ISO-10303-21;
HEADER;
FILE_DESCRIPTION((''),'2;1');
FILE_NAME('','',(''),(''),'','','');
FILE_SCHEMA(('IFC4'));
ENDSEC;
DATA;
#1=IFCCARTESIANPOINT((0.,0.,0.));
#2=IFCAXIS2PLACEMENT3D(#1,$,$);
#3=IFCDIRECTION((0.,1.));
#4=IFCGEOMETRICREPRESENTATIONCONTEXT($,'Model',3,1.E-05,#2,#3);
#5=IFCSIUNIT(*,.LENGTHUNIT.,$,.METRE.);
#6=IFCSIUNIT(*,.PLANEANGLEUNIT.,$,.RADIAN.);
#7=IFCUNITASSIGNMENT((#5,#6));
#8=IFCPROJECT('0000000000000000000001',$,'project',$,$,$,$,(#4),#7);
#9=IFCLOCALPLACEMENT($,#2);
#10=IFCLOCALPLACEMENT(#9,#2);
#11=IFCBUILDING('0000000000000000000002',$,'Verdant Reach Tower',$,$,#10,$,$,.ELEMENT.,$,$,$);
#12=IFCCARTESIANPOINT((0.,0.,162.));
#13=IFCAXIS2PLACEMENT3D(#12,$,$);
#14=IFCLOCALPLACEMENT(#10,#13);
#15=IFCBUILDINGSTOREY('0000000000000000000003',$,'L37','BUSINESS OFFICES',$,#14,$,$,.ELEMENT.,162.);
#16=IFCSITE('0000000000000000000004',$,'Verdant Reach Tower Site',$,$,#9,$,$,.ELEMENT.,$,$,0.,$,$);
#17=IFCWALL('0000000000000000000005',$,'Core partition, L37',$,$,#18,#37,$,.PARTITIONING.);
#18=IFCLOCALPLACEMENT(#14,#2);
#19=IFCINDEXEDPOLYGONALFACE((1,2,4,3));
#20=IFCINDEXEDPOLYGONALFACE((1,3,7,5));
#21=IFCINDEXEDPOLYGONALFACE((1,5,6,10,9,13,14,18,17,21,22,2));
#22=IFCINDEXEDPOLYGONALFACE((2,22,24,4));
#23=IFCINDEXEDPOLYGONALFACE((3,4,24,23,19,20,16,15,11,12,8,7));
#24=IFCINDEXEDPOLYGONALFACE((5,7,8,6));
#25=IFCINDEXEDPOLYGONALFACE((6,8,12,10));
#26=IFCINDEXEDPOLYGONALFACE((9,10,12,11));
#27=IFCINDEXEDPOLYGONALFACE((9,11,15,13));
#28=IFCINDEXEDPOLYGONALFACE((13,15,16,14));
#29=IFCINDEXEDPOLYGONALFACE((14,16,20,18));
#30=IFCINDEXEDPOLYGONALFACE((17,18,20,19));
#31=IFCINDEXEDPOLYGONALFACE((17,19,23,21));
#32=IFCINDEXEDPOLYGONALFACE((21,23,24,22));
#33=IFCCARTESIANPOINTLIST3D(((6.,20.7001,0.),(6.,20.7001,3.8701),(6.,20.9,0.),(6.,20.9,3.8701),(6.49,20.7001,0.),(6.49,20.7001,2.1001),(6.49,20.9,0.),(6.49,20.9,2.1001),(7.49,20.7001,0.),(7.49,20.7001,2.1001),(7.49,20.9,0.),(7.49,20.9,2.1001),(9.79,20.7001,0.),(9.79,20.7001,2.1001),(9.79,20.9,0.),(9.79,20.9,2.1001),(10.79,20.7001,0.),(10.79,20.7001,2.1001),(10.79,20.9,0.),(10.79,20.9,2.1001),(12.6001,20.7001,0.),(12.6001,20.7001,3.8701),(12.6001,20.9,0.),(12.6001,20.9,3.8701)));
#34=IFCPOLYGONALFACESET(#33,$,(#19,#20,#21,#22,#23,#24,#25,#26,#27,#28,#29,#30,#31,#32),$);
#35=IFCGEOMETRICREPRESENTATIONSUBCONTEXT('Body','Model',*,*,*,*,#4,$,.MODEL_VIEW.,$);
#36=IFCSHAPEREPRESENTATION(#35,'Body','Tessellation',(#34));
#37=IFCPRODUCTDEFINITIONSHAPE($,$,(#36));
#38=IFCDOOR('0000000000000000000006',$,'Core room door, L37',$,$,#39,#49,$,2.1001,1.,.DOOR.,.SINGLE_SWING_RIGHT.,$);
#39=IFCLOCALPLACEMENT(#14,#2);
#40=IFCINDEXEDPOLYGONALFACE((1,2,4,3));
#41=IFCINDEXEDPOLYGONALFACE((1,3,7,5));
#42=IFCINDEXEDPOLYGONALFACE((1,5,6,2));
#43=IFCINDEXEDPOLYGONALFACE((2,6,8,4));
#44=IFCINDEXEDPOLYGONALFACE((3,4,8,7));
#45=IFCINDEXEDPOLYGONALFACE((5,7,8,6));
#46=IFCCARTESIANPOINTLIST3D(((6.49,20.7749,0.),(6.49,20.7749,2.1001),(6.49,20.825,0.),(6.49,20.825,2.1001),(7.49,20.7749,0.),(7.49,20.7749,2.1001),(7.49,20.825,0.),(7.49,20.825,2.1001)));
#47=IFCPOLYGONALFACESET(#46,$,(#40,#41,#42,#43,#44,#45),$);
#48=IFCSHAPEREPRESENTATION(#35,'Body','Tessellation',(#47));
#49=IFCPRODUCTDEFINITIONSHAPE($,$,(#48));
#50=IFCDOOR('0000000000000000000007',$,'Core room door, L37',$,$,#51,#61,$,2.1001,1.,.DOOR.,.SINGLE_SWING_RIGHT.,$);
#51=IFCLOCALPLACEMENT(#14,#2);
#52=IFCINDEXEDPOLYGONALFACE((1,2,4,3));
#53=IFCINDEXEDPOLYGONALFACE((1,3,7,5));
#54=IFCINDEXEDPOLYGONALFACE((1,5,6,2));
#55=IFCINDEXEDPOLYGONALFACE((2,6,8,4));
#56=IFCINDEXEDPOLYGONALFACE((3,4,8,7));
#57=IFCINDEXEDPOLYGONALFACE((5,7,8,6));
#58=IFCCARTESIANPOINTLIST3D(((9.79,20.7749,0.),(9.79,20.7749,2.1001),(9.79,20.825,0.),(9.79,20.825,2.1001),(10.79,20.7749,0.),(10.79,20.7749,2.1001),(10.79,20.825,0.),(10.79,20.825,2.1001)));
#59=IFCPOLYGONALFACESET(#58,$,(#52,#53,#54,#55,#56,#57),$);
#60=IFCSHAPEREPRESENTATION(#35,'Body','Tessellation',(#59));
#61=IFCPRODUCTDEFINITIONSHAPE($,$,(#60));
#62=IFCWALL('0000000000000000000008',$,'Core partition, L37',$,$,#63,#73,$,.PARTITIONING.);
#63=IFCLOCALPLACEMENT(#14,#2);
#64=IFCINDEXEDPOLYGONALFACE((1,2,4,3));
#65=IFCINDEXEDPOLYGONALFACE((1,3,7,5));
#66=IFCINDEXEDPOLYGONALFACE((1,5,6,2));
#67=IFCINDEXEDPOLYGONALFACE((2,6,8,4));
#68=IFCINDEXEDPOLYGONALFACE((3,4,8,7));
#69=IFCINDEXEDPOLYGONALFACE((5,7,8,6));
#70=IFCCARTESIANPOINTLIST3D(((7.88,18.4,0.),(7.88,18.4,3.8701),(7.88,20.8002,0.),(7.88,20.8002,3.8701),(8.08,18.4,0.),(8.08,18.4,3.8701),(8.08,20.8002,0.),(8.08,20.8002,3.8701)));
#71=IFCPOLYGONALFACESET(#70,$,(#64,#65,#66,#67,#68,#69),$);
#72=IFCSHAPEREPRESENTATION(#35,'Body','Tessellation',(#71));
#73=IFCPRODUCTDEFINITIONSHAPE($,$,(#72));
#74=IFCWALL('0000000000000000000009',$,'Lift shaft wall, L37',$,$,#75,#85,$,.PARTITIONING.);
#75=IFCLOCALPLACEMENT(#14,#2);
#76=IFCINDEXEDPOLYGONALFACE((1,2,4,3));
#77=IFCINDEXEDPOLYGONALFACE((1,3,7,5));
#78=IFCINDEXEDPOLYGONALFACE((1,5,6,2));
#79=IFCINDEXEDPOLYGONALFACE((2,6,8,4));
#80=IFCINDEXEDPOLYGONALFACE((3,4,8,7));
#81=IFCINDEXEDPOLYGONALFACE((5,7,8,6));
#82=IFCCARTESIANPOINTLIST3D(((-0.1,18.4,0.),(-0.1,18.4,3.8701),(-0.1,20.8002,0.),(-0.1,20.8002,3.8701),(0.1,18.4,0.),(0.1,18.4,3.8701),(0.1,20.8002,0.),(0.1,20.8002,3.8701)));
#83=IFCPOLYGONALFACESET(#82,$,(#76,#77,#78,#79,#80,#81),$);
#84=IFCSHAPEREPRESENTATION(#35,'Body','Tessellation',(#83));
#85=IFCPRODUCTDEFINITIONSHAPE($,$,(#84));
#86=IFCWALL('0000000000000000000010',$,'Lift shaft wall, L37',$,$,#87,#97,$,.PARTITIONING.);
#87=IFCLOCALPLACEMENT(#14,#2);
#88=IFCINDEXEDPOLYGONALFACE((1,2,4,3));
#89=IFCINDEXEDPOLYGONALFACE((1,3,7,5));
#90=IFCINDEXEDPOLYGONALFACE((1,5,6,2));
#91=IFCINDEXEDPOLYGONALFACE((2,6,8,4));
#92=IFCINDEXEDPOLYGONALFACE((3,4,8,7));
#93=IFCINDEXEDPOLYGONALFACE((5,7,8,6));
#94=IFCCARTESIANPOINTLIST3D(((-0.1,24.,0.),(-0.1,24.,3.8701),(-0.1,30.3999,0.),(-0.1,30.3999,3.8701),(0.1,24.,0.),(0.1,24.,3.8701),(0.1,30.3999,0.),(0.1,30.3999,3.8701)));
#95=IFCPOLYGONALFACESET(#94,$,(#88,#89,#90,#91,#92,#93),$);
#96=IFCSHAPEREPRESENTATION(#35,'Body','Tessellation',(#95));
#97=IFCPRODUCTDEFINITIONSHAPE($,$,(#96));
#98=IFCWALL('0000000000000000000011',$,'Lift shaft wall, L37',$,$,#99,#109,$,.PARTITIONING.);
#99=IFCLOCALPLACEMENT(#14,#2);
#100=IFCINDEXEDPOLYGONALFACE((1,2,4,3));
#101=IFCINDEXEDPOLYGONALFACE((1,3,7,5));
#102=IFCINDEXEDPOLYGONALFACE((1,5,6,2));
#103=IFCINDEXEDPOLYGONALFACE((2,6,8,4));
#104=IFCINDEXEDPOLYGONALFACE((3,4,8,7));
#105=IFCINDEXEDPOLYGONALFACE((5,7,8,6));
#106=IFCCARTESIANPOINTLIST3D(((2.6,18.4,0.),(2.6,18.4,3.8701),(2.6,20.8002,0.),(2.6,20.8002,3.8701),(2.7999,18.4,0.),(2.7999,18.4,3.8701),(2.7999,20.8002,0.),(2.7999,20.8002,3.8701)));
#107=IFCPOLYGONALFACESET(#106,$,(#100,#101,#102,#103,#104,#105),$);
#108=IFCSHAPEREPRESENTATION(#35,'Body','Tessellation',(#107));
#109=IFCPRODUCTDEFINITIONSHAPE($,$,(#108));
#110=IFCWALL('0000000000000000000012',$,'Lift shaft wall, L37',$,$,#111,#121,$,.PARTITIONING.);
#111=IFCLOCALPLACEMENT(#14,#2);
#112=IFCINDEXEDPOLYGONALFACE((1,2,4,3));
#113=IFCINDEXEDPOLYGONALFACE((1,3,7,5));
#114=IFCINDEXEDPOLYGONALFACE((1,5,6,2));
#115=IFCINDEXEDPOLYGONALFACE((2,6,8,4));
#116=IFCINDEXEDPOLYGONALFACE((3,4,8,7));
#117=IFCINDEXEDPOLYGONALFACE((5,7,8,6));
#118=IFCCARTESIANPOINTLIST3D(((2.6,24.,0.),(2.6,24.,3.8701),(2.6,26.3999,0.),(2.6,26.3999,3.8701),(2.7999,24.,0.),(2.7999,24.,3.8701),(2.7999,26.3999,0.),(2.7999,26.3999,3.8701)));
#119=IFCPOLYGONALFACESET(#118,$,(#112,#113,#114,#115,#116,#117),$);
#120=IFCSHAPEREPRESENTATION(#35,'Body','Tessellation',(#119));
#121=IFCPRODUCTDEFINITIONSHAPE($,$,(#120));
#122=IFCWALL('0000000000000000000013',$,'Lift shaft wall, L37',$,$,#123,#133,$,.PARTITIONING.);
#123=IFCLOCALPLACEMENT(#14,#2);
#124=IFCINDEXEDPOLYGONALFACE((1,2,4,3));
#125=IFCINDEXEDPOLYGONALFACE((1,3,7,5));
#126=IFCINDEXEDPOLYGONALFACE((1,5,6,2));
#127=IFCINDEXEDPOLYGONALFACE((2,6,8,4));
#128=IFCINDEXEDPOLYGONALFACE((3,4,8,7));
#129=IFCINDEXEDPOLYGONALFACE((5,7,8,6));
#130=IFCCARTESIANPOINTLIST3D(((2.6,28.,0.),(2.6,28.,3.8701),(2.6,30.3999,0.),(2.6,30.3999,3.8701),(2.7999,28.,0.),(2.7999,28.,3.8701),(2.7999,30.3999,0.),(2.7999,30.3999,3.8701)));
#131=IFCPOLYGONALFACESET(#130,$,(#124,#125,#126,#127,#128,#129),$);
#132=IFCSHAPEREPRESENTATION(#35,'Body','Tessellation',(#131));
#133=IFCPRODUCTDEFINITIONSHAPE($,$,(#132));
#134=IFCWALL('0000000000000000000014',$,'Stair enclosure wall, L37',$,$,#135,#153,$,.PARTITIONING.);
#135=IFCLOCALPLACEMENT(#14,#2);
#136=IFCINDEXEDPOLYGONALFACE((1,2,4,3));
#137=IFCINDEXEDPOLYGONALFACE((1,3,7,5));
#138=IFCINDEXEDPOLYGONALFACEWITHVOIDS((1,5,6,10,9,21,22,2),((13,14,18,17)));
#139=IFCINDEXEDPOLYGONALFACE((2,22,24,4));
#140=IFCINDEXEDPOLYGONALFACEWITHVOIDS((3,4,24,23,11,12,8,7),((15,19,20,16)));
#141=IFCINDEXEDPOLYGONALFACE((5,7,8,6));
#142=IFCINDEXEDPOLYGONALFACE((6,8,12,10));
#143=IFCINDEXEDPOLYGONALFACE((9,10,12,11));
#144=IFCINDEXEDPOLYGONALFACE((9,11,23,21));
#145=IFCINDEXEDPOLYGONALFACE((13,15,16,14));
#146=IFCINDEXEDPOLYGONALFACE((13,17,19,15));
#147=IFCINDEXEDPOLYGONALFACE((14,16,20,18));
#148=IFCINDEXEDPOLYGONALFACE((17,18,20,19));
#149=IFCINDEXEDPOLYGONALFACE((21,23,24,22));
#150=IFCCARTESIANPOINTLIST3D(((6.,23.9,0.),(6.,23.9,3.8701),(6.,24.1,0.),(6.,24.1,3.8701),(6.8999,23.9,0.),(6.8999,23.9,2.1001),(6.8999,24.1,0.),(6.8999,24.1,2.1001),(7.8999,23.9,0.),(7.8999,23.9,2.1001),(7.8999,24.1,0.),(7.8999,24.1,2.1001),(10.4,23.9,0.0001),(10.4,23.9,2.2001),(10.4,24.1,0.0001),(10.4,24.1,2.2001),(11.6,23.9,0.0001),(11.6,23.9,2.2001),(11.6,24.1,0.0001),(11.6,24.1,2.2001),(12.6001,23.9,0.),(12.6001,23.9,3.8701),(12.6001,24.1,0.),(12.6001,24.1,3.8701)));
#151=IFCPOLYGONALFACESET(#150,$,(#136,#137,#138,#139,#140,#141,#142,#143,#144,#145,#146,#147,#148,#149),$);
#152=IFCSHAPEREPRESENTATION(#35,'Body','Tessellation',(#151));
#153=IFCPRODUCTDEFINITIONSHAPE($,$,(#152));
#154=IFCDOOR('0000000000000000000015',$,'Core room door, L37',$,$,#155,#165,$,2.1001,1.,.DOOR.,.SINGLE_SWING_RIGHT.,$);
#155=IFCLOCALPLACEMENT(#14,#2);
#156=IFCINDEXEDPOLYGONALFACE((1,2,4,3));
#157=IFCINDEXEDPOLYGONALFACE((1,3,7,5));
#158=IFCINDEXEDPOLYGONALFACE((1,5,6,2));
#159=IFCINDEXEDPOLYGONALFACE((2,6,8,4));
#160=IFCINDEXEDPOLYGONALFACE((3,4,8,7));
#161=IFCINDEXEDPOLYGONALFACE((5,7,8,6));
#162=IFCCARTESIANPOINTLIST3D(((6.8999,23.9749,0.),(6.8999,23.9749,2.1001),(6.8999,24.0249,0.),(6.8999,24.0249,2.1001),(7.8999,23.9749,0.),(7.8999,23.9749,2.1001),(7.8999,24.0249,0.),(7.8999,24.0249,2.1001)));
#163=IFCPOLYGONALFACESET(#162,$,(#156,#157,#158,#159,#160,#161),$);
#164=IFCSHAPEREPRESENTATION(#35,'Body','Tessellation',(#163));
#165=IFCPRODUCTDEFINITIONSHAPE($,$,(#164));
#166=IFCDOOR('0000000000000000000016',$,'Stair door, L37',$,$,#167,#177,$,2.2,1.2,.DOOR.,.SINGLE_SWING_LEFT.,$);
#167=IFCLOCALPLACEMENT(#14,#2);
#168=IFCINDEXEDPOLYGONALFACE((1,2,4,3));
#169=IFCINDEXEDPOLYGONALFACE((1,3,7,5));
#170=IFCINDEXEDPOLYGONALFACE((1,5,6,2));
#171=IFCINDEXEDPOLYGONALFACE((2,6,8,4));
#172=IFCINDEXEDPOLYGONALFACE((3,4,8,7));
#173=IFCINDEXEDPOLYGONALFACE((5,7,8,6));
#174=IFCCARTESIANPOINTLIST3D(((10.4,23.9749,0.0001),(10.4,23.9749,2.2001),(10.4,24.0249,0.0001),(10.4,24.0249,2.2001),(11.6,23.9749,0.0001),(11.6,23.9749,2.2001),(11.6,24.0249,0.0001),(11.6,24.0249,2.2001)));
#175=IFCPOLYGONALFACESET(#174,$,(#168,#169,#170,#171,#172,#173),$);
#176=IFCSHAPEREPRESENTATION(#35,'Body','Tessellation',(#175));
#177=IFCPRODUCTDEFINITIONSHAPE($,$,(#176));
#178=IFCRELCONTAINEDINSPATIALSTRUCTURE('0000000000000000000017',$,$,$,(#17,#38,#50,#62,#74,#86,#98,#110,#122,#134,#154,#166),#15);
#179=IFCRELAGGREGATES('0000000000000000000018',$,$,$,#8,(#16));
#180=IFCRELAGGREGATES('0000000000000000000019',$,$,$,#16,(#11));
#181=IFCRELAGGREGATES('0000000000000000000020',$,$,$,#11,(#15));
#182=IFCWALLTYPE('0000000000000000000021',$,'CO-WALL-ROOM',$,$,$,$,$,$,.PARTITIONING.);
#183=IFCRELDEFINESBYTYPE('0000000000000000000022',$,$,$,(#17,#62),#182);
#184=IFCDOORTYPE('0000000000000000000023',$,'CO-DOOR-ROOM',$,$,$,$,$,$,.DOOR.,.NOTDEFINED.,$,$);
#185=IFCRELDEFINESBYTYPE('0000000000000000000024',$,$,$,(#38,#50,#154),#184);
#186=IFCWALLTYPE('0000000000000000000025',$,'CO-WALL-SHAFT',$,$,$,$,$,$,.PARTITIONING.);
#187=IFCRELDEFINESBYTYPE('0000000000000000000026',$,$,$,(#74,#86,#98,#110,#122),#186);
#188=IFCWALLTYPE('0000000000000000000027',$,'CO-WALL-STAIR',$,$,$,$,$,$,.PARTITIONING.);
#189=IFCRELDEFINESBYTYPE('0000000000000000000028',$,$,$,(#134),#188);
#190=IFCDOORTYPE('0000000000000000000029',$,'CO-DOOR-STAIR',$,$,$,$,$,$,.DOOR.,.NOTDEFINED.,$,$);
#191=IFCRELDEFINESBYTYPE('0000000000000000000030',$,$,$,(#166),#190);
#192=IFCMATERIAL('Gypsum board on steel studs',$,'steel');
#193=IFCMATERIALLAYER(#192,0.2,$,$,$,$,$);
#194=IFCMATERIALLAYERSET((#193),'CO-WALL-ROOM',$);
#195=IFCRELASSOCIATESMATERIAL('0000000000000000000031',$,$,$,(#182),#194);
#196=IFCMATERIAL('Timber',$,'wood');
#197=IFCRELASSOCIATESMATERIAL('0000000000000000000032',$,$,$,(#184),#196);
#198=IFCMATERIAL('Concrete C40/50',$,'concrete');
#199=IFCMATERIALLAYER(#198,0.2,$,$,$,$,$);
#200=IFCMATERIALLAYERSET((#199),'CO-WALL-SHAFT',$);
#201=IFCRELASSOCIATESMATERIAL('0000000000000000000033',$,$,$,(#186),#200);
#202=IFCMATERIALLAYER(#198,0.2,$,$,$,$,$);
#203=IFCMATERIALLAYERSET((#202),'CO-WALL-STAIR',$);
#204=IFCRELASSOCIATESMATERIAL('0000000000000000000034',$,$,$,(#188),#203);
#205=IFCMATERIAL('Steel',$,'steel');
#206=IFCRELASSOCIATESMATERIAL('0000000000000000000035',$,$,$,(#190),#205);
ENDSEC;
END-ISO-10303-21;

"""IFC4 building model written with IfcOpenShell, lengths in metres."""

from ifc_helpers import new_model, si_unit, direction, frame, frame_2d, origin, place, context, subcontext, project, spatial, rectangle, extrude, material, layer, layer_set, type_object, element, fill, save


model = new_model("IFC4")

# Units and contexts
model_context = context("Model", 3, precision=1e-05, world=origin(), true_north=direction((0.0, 1.0)))
body_context = subcontext(model_context, "Body", "Model", "MODEL_VIEW")
ifc_project = project(units=[si_unit("LENGTHUNIT", "METRE"), si_unit("PLANEANGLEUNIT", "RADIAN")], contexts=[model_context])

# Site, building, storey
site_placement = place(None, origin())
site = spatial("IfcSite", under=ifc_project, at=site_placement, Name="Verdant Reach Tower Site", CompositionType="ELEMENT", RefElevation=0.0)
building_placement = place(site_placement, origin())
building = spatial("IfcBuilding", under=site, at=building_placement, Name="Verdant Reach Tower", CompositionType="ELEMENT")
storey_placement = place(building_placement, frame((0.0, 0.0, 162.0)))
storey = spatial("IfcBuildingStorey", under=building, at=storey_placement, Name="L37", Description="BUSINESS OFFICES", CompositionType="ELEMENT", Elevation=162.0)

# Wall, openings, doors
ifc_material_1 = material(Name="Gypsum board on steel studs", Category="steel")
ifc_layer_1 = layer(ifc_material_1, 0.2)
ifc_layer_set_1 = layer_set([ifc_layer_1], Name="CO-WALL-ROOM")
wall_type_1 = type_object("IfcWallType", Name="CO-WALL-ROOM", PredefinedType="PARTITIONING", material=ifc_layer_set_1)
wall_1_placement = place(storey_placement, frame((6.0, 20.8, 0.0), z_axis=(0.0, 0.0, 1.0), x_axis=(1.0, 0.0, 0.0)))
wall_1 = element("IfcWall", 1, at=wall_1_placement, inside=storey, type_object=wall_type_1, Name="Core partition, L37", PredefinedType="PARTITIONING", context=body_context, shape_type="SweptSolid", body=[
    extrude(rectangle(XDim=6.6001, YDim=0.2, at=frame_2d((3.3, 0.0))), origin(), (0.0, 0.0, 1.0), 3.8701),
])
opening_1_placement = place(wall_1_placement, frame((0.49, 0.0, 0.0)))
opening_1 = element("IfcOpeningElement", 2, at=opening_1_placement, cuts=wall_1, PredefinedType="OPENING", context=body_context, shape_type="SweptSolid", body=[
    extrude(rectangle(XDim=1.0, YDim=2.1001, at=frame_2d((0.5, 1.05))), frame((0.0, 0.1099, 0.0), z_axis=(0.0, -1.0, 0.0), x_axis=(1.0, 0.0, 0.0)), (0.0, 0.0, 1.0), 0.22),
])
opening_2_placement = place(wall_1_placement, frame((3.79, 0.0, 0.0)))
opening_2 = element("IfcOpeningElement", 3, at=opening_2_placement, cuts=wall_1, PredefinedType="OPENING", context=body_context, shape_type="SweptSolid", body=[
    extrude(rectangle(XDim=1.0, YDim=2.1001, at=frame_2d((0.5, 1.05))), frame((0.0, 0.1099, 0.0), z_axis=(0.0, -1.0, 0.0), x_axis=(1.0, 0.0, 0.0)), (0.0, 0.0, 1.0), 0.22),
])
ifc_material_2 = material(Name="Timber", Category="wood")
door_type_1 = type_object("IfcDoorType", Name="CO-DOOR-ROOM", OperationType="NOTDEFINED", PredefinedType="DOOR", material=ifc_material_2)
door_1_placement = place(opening_1_placement, origin())
door_1 = element("IfcDoor", 4, at=door_1_placement, inside=storey, type_object=door_type_1, Name="Core room door, L37", OperationType="SINGLE_SWING_RIGHT", OverallHeight=2.1001, OverallWidth=1.0, PredefinedType="DOOR", context=body_context, shape_type="SweptSolid", body=[
    extrude(rectangle(XDim=1.0, YDim=2.1001, at=frame_2d((0.5, 1.05))), frame((0.0, 0.0249, 0.0), z_axis=(0.0, -1.0, 0.0), x_axis=(1.0, 0.0, 0.0)), (0.0, 0.0, 1.0), 0.05),
])
fill(opening_1, door_1)
door_2_placement = place(opening_2_placement, origin())
door_2 = element("IfcDoor", 5, at=door_2_placement, inside=storey, type_object=door_type_1, Name="Core room door, L37", OperationType="SINGLE_SWING_RIGHT", OverallHeight=2.1001, OverallWidth=1.0, PredefinedType="DOOR", context=body_context, shape_type="SweptSolid", body=[
    extrude(rectangle(XDim=1.0, YDim=2.1001, at=frame_2d((0.5, 1.05))), frame((0.0, 0.0249, 0.0), z_axis=(0.0, -1.0, 0.0), x_axis=(1.0, 0.0, 0.0)), (0.0, 0.0, 1.0), 0.05),
])
fill(opening_2, door_2)

# Walls
wall_2_placement = place(storey_placement, frame((7.98, 18.3999, 0.0), z_axis=(0.0, 0.0, 1.0), x_axis=(0.0, 1.0, 0.0)))
element("IfcWall", 6, at=wall_2_placement, inside=storey, type_object=wall_type_1, Name="Core partition, L37", PredefinedType="PARTITIONING", context=body_context, shape_type="SweptSolid", body=[
    extrude(rectangle(XDim=2.4001, YDim=0.2, at=frame_2d((1.2002, 0.0))), origin(), (0.0, 0.0, 1.0), 3.8701),
])
ifc_material_3 = material(Name="Concrete C40/50", Category="concrete")
ifc_layer_2 = layer(ifc_material_3, 0.2)
ifc_layer_set_2 = layer_set([ifc_layer_2], Name="CO-WALL-SHAFT")
wall_type_2 = type_object("IfcWallType", Name="CO-WALL-SHAFT", PredefinedType="PARTITIONING", material=ifc_layer_set_2)
wall_3_placement = place(storey_placement, frame((0.0, 18.3999, 0.0), z_axis=(0.0, 0.0, 1.0), x_axis=(0.0, 1.0, 0.0)))
element("IfcWall", 7, at=wall_3_placement, inside=storey, type_object=wall_type_2, Name="Lift shaft wall, L37", PredefinedType="PARTITIONING", context=body_context, shape_type="SweptSolid", body=[
    extrude(rectangle(XDim=2.4001, YDim=0.2, at=frame_2d((1.2002, 0.0))), origin(), (0.0, 0.0, 1.0), 3.8701),
])
wall_4_placement = place(storey_placement, frame((0.0, 24.0, 0.0), z_axis=(0.0, 0.0, 1.0), x_axis=(0.0, 1.0, 0.0)))
element("IfcWall", 8, at=wall_4_placement, inside=storey, type_object=wall_type_2, Name="Lift shaft wall, L37", PredefinedType="PARTITIONING", context=body_context, shape_type="SweptSolid", body=[
    extrude(rectangle(XDim=6.3999, YDim=0.2, at=frame_2d((3.2, 0.0))), origin(), (0.0, 0.0, 1.0), 3.8701),
])
wall_5_placement = place(storey_placement, frame((2.7, 18.3999, 0.0), z_axis=(0.0, 0.0, 1.0), x_axis=(0.0, 1.0, 0.0)))
element("IfcWall", 9, at=wall_5_placement, inside=storey, type_object=wall_type_2, Name="Lift shaft wall, L37", PredefinedType="PARTITIONING", context=body_context, shape_type="SweptSolid", body=[
    extrude(rectangle(XDim=2.4001, YDim=0.2, at=frame_2d((1.2002, 0.0))), origin(), (0.0, 0.0, 1.0), 3.8701),
])
for number, where, z_axis, x_axis, name in (
    (10, (2.7, 24.0, 0.0), (0.0, 0.0, 1.0), (0.0, 1.0, 0.0), "Lift shaft wall, L37"),
    (11, (2.7, 28.0, 0.0), (0.0, 0.0, 1.0), (0.0, 1.0, 0.0), "Lift shaft wall, L37"),
):
    element("IfcWall", number, at=place(storey_placement, frame(where, z_axis=z_axis, x_axis=x_axis)), inside=storey, type_object=wall_type_2, Name=name, PredefinedType="PARTITIONING", context=body_context, shape_type="SweptSolid", body=[
        extrude(rectangle(XDim=2.3999, YDim=0.2, at=frame_2d((1.2, 0.0))), origin(), (0.0, 0.0, 1.0), 3.8701),
    ])

# Wall, openings, doors
ifc_layer_3 = layer(ifc_material_3, 0.2)
ifc_layer_set_3 = layer_set([ifc_layer_3], Name="CO-WALL-STAIR")
wall_type_3 = type_object("IfcWallType", Name="CO-WALL-STAIR", PredefinedType="PARTITIONING", material=ifc_layer_set_3)
wall_6_placement = place(storey_placement, frame((6.0, 24.0, 0.0), z_axis=(0.0, 0.0, 1.0), x_axis=(1.0, 0.0, 0.0)))
wall_6 = element("IfcWall", 12, at=wall_6_placement, inside=storey, type_object=wall_type_3, Name="Stair enclosure wall, L37", PredefinedType="PARTITIONING", context=body_context, shape_type="SweptSolid", body=[
    extrude(rectangle(XDim=6.6001, YDim=0.2, at=frame_2d((3.3, 0.0))), origin(), (0.0, 0.0, 1.0), 3.8701),
])
opening_3_placement = place(wall_6_placement, frame((0.8999, 0.0, 0.0)))
opening_3 = element("IfcOpeningElement", 13, at=opening_3_placement, cuts=wall_6, PredefinedType="OPENING", context=body_context, shape_type="SweptSolid", body=[
    extrude(rectangle(XDim=1.0, YDim=2.1001, at=frame_2d((0.5, 1.05))), frame((0.0, 0.1099, 0.0), z_axis=(0.0, -1.0, 0.0), x_axis=(1.0, 0.0, 0.0)), (0.0, 0.0, 1.0), 0.22),
])
opening_4_placement = place(wall_6_placement, frame((4.3999, 0.0, 0.0)))
opening_4 = element("IfcOpeningElement", 14, at=opening_4_placement, cuts=wall_6, PredefinedType="OPENING", context=body_context, shape_type="SweptSolid", body=[
    extrude(rectangle(XDim=1.2, YDim=2.2, at=frame_2d((0.6001, 1.1001))), frame((0.0, 0.1099, 0.0), z_axis=(0.0, -1.0, 0.0), x_axis=(1.0, 0.0, 0.0)), (0.0, 0.0, 1.0), 0.22),
])
door_3_placement = place(opening_3_placement, origin())
door_3 = element("IfcDoor", 15, at=door_3_placement, inside=storey, type_object=door_type_1, Name="Core room door, L37", OperationType="SINGLE_SWING_RIGHT", OverallHeight=2.1001, OverallWidth=1.0, PredefinedType="DOOR", context=body_context, shape_type="SweptSolid", body=[
    extrude(rectangle(XDim=1.0, YDim=2.1001, at=frame_2d((0.5, 1.05))), frame((0.0, 0.0249, 0.0), z_axis=(0.0, -1.0, 0.0), x_axis=(1.0, 0.0, 0.0)), (0.0, 0.0, 1.0), 0.05),
])
fill(opening_3, door_3)
ifc_material_4 = material(Name="Steel", Category="steel")
door_type_2 = type_object("IfcDoorType", Name="CO-DOOR-STAIR", OperationType="NOTDEFINED", PredefinedType="DOOR", material=ifc_material_4)
door_4_placement = place(opening_4_placement, origin())
door_4 = element("IfcDoor", 16, at=door_4_placement, inside=storey, type_object=door_type_2, Name="Stair door, L37", OperationType="SINGLE_SWING_LEFT", OverallHeight=2.2, OverallWidth=1.2, PredefinedType="DOOR", context=body_context, shape_type="SweptSolid", body=[
    extrude(rectangle(XDim=1.2, YDim=2.2, at=frame_2d((0.6001, 1.1001))), frame((0.0, 0.0249, 0.0), z_axis=(0.0, -1.0, 0.0), x_axis=(1.0, 0.0, 0.0)), (0.0, 0.0, 1.0), 0.05),
])
fill(opening_4, door_4)

save(model, "model.ifc")
